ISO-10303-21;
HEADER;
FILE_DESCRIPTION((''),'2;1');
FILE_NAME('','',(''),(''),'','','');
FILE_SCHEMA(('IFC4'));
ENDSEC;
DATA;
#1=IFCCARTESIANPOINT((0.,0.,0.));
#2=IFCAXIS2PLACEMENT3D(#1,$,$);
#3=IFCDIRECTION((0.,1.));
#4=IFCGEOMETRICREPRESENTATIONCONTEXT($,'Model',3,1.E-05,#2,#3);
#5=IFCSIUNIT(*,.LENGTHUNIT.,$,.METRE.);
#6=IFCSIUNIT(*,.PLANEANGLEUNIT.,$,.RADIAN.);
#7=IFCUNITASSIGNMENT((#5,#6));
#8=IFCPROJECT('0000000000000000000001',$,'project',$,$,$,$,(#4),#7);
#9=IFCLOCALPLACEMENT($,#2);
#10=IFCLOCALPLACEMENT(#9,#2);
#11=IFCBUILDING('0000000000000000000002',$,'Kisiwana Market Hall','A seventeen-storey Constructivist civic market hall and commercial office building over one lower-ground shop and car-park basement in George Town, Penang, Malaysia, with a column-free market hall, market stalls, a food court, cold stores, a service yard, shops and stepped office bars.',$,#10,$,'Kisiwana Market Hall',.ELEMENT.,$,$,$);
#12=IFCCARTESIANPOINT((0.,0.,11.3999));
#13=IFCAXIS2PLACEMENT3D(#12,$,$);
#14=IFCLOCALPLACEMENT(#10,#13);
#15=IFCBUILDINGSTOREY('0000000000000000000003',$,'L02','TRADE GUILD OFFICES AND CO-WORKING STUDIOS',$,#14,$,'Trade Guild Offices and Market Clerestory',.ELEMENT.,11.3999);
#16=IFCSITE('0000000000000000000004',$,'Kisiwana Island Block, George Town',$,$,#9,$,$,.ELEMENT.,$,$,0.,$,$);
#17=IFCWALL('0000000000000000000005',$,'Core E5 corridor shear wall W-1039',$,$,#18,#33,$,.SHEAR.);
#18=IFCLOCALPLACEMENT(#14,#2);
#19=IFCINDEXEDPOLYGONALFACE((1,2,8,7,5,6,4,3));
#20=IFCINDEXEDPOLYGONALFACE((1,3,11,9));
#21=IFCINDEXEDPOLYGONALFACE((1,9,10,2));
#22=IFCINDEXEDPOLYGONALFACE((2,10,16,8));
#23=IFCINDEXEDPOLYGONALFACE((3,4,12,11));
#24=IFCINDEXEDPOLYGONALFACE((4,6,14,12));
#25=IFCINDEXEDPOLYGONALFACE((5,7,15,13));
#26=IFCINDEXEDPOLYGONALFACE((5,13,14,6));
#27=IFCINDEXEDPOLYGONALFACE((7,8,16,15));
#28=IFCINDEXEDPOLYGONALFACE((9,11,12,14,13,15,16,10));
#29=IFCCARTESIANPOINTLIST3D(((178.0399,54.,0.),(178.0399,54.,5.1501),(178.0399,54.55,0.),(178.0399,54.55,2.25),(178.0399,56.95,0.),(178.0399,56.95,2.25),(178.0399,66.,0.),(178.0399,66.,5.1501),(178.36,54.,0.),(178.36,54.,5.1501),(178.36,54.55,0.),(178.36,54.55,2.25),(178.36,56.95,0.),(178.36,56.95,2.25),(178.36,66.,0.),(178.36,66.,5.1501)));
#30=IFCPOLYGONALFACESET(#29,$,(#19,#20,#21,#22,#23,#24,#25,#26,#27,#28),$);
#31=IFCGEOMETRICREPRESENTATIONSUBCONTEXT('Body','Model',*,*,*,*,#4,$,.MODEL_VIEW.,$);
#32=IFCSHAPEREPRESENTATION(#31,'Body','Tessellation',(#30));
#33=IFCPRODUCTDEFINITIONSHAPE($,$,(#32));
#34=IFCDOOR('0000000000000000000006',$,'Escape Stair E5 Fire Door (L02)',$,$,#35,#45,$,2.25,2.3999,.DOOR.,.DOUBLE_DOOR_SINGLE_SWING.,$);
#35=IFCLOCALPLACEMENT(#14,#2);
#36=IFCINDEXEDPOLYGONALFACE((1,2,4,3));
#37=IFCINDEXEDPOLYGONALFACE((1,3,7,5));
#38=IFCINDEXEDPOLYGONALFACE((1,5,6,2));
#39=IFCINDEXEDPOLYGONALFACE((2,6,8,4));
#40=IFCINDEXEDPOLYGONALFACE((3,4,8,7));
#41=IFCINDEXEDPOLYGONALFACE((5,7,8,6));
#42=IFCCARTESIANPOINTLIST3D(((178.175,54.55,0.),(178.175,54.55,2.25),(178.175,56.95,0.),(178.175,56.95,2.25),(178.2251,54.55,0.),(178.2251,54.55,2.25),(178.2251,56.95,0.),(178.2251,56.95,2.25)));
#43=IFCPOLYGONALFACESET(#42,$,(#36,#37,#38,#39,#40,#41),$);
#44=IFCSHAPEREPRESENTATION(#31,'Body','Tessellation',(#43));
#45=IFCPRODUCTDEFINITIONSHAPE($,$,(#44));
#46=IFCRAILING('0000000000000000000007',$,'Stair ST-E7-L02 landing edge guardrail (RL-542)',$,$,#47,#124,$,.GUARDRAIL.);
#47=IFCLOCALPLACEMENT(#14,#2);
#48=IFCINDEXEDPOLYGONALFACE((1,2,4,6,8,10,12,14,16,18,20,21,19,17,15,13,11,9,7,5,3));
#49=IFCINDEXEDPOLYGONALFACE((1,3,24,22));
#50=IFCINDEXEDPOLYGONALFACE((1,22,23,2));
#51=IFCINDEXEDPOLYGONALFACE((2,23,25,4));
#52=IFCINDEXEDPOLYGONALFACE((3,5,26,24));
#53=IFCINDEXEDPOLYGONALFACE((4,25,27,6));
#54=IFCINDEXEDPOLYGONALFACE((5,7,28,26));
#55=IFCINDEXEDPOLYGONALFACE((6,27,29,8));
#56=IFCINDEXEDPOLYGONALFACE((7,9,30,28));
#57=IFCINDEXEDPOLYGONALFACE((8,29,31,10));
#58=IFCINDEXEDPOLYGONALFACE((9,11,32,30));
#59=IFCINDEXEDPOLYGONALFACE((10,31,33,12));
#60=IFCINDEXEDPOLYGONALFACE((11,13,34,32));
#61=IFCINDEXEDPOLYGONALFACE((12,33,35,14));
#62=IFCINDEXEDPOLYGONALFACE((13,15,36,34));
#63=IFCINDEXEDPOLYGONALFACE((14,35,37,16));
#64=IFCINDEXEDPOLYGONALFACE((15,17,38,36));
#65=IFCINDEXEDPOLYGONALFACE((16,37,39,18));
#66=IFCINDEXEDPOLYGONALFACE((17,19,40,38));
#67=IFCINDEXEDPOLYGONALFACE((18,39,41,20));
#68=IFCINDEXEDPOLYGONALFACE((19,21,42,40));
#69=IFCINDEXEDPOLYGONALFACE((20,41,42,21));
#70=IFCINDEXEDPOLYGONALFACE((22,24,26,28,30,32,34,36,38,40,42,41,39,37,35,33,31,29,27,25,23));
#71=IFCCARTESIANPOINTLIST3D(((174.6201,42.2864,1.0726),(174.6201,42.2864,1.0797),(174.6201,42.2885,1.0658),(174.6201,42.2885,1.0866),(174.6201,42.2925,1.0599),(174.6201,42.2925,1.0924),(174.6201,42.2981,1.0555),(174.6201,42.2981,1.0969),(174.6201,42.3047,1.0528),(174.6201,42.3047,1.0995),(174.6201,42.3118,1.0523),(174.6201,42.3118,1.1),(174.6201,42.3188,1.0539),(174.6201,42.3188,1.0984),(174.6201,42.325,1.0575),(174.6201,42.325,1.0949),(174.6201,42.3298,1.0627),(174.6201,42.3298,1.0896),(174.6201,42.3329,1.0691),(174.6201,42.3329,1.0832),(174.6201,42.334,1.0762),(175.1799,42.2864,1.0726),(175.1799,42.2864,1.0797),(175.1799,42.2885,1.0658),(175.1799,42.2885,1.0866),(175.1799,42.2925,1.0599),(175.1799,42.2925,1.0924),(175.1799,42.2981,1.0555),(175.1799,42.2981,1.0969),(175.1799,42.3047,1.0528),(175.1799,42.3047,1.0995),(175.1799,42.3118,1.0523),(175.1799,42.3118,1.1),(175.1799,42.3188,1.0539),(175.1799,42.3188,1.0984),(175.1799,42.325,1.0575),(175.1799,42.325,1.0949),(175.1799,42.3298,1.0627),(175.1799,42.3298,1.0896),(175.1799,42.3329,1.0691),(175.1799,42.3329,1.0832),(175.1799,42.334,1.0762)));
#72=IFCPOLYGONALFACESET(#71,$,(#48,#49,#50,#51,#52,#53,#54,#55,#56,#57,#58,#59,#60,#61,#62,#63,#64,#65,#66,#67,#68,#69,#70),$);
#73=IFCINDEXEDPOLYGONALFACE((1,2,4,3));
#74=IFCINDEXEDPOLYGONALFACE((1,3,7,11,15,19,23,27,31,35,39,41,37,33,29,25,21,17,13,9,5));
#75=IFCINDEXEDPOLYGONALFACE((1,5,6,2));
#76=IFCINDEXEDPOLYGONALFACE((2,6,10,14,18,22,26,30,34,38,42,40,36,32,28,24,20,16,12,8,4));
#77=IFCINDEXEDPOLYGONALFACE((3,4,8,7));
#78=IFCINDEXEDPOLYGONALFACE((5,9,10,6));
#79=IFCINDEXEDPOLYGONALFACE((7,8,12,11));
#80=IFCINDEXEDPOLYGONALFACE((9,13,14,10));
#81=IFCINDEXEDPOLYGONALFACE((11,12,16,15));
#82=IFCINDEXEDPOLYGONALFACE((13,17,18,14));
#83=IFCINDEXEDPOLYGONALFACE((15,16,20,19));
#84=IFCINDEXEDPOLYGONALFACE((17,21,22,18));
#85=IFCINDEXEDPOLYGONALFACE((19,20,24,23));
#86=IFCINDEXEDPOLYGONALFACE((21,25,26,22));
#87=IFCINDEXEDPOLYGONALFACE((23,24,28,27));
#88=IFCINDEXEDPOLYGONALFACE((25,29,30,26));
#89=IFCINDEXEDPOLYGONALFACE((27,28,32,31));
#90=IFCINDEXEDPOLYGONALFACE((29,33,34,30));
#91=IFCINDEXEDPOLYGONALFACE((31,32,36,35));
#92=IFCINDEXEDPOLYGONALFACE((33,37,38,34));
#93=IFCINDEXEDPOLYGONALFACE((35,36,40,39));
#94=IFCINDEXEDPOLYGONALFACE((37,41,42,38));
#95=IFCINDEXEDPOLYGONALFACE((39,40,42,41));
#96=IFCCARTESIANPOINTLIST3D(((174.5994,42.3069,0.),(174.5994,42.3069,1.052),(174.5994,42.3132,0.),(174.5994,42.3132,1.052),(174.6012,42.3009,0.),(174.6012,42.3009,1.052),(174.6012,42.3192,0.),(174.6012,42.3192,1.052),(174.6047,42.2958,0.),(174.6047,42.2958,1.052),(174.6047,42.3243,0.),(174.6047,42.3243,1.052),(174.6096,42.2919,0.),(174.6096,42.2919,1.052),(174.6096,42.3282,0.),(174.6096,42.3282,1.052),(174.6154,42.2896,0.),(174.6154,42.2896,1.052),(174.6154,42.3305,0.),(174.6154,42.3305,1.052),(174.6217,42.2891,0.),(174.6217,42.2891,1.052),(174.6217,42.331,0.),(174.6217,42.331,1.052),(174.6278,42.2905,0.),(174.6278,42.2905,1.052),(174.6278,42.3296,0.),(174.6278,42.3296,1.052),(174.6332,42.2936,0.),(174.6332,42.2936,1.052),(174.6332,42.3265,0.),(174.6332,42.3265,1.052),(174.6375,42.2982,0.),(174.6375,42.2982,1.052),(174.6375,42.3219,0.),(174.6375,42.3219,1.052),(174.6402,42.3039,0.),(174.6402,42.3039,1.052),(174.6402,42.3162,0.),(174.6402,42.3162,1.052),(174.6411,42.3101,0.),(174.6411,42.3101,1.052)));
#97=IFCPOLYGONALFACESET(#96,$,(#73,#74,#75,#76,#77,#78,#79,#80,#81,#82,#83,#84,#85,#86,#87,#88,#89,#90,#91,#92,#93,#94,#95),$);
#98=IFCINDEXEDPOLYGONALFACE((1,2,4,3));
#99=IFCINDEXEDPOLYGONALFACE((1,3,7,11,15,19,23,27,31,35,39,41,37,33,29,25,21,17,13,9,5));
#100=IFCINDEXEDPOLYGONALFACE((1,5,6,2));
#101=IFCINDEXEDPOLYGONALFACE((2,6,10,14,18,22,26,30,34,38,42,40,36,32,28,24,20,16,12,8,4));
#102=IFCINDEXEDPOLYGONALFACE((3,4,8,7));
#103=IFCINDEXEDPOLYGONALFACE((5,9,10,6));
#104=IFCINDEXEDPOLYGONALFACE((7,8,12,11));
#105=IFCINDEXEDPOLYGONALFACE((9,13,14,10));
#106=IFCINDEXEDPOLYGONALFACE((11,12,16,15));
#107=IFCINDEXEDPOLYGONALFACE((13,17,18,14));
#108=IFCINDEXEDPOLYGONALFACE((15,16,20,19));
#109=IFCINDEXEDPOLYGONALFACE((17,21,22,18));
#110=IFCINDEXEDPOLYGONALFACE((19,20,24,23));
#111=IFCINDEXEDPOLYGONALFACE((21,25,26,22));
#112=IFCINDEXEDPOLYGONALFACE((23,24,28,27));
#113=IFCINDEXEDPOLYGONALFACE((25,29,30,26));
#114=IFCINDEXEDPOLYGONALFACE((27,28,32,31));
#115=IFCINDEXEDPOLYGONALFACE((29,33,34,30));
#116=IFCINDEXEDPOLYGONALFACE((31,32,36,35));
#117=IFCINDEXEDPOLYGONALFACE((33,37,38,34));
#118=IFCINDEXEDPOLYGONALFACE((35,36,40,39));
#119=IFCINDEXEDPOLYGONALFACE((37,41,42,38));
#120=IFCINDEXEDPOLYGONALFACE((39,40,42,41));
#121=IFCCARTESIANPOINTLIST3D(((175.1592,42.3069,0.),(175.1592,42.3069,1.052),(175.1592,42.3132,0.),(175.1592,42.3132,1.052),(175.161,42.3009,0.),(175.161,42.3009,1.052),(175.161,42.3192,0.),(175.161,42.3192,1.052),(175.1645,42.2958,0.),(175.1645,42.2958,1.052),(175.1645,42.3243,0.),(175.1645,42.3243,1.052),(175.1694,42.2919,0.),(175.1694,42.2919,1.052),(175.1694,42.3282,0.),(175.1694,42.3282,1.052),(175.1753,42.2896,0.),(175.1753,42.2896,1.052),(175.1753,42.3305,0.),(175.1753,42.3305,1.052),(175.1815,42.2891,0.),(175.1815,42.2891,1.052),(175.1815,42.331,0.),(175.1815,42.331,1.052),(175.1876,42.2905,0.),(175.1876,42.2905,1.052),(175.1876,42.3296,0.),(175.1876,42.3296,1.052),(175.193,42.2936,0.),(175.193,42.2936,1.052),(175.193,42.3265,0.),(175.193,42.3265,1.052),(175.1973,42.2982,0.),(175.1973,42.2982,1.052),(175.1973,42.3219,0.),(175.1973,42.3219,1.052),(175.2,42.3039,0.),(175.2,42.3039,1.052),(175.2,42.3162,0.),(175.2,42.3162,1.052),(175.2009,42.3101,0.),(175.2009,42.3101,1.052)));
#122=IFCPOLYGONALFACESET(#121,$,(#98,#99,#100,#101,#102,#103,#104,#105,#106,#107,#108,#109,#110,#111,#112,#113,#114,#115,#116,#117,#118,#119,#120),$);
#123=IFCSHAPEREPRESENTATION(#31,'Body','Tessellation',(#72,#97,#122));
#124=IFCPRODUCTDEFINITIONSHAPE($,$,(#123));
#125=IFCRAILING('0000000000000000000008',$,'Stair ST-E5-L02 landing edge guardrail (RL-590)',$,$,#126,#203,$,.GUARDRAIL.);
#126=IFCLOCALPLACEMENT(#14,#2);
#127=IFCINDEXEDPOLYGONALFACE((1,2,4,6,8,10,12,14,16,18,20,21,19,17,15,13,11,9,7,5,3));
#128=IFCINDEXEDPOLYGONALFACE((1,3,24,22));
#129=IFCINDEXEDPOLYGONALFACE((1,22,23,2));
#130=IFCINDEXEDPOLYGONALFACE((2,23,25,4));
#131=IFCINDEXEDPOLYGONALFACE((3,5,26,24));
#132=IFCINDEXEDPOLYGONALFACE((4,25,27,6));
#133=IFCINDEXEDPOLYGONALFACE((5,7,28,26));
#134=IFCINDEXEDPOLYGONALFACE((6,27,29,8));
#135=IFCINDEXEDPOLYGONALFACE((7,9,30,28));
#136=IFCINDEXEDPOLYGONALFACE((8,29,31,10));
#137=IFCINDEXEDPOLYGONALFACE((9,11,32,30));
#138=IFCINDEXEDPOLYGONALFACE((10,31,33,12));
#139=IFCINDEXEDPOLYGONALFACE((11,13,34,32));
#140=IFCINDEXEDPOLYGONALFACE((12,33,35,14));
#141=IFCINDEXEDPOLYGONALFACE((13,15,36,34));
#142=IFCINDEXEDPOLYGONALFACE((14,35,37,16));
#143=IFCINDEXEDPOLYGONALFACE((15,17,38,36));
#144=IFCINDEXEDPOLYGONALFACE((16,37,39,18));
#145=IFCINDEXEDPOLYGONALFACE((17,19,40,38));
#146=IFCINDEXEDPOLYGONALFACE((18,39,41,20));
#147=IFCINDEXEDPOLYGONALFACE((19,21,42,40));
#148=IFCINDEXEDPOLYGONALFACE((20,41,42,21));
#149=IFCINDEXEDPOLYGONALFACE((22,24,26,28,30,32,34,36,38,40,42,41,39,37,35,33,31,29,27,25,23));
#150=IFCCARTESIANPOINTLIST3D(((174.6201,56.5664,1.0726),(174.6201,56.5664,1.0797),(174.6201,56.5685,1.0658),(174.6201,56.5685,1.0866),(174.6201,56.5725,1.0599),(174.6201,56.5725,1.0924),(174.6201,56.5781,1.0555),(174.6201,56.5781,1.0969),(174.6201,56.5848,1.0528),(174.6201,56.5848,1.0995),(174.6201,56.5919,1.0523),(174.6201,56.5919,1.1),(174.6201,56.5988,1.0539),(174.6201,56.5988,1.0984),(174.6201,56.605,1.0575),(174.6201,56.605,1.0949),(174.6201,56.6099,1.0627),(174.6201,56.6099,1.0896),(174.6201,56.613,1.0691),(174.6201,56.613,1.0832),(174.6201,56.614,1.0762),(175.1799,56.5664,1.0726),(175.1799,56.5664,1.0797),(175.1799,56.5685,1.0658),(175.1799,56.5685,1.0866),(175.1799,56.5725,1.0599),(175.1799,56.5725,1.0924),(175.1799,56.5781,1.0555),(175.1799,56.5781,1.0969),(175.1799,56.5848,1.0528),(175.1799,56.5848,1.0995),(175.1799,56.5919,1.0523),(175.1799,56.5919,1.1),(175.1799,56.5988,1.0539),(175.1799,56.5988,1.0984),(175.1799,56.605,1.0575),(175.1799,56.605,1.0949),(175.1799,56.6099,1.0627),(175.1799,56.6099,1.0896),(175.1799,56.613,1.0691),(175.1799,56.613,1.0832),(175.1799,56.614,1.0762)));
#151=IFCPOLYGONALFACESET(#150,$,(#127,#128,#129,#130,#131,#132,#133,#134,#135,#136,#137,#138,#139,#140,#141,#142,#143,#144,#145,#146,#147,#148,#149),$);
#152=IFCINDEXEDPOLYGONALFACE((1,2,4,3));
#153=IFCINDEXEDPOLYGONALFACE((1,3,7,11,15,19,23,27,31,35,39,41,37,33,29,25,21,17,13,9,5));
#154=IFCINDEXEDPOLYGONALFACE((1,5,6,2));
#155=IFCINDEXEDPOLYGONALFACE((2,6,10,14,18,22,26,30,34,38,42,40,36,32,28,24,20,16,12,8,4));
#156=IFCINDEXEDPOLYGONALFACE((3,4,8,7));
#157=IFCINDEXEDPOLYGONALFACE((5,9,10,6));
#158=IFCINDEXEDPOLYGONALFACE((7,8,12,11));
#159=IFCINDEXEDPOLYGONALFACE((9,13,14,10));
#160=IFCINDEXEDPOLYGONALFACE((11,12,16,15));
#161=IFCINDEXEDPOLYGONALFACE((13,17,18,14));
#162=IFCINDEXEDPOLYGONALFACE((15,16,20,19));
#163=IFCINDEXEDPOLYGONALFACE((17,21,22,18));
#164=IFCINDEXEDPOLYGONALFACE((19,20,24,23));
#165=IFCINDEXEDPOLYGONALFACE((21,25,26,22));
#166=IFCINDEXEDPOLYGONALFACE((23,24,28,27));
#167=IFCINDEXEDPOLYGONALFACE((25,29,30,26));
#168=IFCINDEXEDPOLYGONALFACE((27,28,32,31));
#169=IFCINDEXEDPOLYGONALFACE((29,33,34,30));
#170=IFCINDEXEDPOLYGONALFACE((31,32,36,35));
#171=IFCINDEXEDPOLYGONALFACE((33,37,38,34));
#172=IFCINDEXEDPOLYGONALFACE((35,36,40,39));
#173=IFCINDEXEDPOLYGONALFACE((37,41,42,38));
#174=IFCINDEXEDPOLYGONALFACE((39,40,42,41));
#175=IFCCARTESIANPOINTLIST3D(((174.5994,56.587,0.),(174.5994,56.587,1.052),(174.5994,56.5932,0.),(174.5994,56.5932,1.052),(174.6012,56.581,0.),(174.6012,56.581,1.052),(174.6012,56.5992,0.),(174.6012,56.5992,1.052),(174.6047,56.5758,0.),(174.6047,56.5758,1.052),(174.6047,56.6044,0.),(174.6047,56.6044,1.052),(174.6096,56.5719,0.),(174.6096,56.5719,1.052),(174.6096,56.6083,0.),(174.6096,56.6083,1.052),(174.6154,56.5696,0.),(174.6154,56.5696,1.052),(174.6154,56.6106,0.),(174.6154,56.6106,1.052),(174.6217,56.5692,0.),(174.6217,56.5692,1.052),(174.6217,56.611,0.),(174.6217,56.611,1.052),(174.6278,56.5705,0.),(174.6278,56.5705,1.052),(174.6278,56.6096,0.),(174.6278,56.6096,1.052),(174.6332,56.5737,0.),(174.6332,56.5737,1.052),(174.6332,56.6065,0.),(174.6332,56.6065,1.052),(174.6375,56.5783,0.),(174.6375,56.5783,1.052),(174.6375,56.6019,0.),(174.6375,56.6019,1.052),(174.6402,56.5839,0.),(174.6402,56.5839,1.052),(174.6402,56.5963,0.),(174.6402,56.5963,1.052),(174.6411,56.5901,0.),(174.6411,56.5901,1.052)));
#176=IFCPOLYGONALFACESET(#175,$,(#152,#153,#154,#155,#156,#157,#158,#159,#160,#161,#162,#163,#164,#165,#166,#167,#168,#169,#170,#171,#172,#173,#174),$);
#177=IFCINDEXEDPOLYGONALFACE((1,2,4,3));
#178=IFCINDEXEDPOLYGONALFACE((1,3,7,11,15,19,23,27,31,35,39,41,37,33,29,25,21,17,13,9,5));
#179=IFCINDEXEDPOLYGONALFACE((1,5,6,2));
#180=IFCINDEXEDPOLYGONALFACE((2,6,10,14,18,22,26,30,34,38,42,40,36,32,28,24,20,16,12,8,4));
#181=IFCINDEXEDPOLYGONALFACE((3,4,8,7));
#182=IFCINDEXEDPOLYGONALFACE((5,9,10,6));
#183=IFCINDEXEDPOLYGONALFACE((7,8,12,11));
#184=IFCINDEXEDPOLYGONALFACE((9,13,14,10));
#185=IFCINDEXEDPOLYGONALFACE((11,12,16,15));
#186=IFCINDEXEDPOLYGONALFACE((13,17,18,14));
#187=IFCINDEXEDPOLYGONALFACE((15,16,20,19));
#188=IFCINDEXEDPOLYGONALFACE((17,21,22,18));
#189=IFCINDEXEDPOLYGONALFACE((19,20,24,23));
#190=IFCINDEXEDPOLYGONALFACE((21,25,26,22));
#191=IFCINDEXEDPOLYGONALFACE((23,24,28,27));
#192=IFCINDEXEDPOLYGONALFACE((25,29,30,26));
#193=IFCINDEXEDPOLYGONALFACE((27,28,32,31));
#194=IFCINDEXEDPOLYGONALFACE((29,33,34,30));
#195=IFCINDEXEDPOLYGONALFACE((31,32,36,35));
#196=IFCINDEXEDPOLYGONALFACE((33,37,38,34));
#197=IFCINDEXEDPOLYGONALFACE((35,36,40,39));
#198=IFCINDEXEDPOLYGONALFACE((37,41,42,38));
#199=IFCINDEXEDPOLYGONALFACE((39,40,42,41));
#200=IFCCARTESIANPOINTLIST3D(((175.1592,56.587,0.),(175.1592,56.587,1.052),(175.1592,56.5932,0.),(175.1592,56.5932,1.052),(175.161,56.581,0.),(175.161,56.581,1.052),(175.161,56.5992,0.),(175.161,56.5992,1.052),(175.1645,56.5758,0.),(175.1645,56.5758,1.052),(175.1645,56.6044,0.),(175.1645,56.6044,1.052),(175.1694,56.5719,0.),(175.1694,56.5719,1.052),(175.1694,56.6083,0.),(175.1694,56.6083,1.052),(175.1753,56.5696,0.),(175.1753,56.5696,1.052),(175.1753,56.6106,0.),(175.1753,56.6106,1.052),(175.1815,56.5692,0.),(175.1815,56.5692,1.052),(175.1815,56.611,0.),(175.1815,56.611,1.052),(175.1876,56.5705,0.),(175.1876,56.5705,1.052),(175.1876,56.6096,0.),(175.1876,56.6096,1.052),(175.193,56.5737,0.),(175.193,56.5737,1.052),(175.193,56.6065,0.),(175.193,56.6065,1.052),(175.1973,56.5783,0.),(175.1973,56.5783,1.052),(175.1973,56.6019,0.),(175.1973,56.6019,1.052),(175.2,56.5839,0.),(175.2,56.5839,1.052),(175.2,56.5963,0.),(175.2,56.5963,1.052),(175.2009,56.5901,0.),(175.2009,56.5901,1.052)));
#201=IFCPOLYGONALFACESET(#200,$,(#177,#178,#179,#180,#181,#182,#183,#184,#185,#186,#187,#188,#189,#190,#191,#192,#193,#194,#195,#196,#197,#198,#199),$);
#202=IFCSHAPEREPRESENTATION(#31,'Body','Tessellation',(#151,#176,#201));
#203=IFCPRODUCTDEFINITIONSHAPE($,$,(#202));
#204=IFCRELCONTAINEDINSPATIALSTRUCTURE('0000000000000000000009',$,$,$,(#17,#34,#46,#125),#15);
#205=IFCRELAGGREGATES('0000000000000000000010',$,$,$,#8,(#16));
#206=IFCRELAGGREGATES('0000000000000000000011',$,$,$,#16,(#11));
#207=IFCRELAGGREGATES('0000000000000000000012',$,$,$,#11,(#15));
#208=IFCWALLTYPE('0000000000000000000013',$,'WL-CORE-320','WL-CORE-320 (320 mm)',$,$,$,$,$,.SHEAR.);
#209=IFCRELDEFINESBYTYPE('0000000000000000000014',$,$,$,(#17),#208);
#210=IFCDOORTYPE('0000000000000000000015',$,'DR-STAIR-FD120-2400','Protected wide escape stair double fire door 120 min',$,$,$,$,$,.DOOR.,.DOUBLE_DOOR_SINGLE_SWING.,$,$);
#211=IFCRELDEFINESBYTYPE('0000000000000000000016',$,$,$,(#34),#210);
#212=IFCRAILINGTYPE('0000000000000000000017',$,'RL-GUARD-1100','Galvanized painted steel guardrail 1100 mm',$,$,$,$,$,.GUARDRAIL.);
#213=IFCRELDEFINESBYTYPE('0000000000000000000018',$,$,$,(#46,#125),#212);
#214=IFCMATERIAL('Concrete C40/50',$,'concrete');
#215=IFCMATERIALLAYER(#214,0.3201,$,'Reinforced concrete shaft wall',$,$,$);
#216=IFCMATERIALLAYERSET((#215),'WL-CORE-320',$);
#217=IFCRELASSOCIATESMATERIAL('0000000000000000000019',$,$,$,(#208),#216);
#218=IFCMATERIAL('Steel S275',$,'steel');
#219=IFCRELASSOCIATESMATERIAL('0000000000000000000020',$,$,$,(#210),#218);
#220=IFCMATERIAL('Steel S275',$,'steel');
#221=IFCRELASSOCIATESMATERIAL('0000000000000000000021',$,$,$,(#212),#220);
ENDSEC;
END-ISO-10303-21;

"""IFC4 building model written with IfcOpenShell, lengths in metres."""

from ifc_helpers import new_model, si_unit, direction, frame, frame_2d, origin, origin_2d, place, context, subcontext, project, spatial, rectangle, circle, extrude, material, layer, layer_set, type_object, element, fill, save


model = new_model("IFC4")

# Units and contexts
model_context = context("Model", 3, precision=1e-05, world=origin(), true_north=direction((0.0, 1.0)))
body_context = subcontext(model_context, "Body", "Model", "MODEL_VIEW")
ifc_project = project(units=[si_unit("LENGTHUNIT", "METRE"), si_unit("PLANEANGLEUNIT", "RADIAN")], contexts=[model_context])

# Site, building, storey
site_placement = place(None, origin())
site = spatial("IfcSite", under=ifc_project, at=site_placement, Name="Kisiwana Island Block, George Town", CompositionType="ELEMENT", RefElevation=0.0)
building_placement = place(site_placement, origin())
building = spatial("IfcBuilding", under=site, at=building_placement, Name="Kisiwana Market Hall", Description="A seventeen-storey Constructivist civic market hall and commercial office building over one lower-ground shop and car-park basement in George Town, Penang, Malaysia, with a column-free market hall, market stalls, a food court, cold stores, a service yard, shops and stepped office bars.", LongName="Kisiwana Market Hall", CompositionType="ELEMENT")
storey_placement = place(building_placement, frame((0.0, 0.0, 11.3999)))
storey = spatial("IfcBuildingStorey", under=building, at=storey_placement, Name="L02", Description="TRADE GUILD OFFICES AND CO-WORKING STUDIOS", LongName="Trade Guild Offices and Market Clerestory", CompositionType="ELEMENT", Elevation=11.3999)

# Shared definitions
ifc_material_1 = material(Name="Concrete C40/50", Category="concrete")
ifc_layer = layer(ifc_material_1, 0.3201, Name="Reinforced concrete shaft wall")
ifc_layer_set = layer_set([ifc_layer], Name="WL-CORE-320")
wall_type = type_object("IfcWallType", Name="WL-CORE-320", Description="WL-CORE-320 (320 mm)", PredefinedType="SHEAR", material=ifc_layer_set)

# Shared definitions
ifc_material_2 = material(Name="Steel S275", Category="steel")
door_type_1 = type_object("IfcDoorType", Name="DR-STAIR-FD120-2400", Description="Protected wide escape stair double fire door 120 min", OperationType="DOUBLE_DOOR_SINGLE_SWING", PredefinedType="DOOR", material=ifc_material_2)

# Wall, opening, door
wall_1_placement = place(storey_placement, frame((178.2, 54.0, 0.0), z_axis=(0.0, 0.0, 1.0), x_axis=(0.0, 1.0, 0.0)))
wall_1 = element("IfcWall", 1, at=wall_1_placement, inside=storey, type_object=wall_type, Name="Core E5 corridor shear wall W-1039", PredefinedType="SHEAR", context=body_context, shape_type="SweptSolid", body=[
    extrude(rectangle(XDim=12.0, YDim=0.3201, at=frame_2d((6.0, 0.0))), origin(), (0.0, 0.0, 1.0), 5.1501),
])
opening_1_placement = place(wall_1_placement, frame((0.55, 0.0, 0.0)))
opening_1 = element("IfcOpeningElement", 2, at=opening_1_placement, cuts=wall_1, PredefinedType="OPENING", context=body_context, shape_type="SweptSolid", body=[
    extrude(rectangle(XDim=2.3999, YDim=2.25, at=frame_2d((1.2, 1.125))), frame((0.0, 0.1719, 0.0), z_axis=(0.0, -1.0, 0.0), x_axis=(1.0, 0.0, 0.0)), (0.0, 0.0, 1.0), 0.344),
])
door_1_placement = place(opening_1_placement, origin())
door_1 = element("IfcDoor", 3, at=door_1_placement, inside=storey, type_object=door_type_1, Name="Escape Stair E5 Fire Door (L02)", OperationType="DOUBLE_DOOR_SINGLE_SWING", OverallHeight=2.25, OverallWidth=2.3999, PredefinedType="DOOR", context=body_context, shape_type="SweptSolid", body=[
    extrude(rectangle(XDim=2.3999, YDim=2.25, at=frame_2d((1.2, 1.125))), frame((0.0, 0.0249, 0.0), z_axis=(0.0, -1.0, 0.0), x_axis=(1.0, 0.0, 0.0)), (0.0, 0.0, 1.0), 0.05),
])
fill(opening_1, door_1)

# Railings
ifc_material_3 = material(Name="Steel S275", Category="steel")
railing_type_1 = type_object("IfcRailingType", Name="RL-GUARD-1100", Description="Galvanized painted steel guardrail 1100 mm", PredefinedType="GUARDRAIL", material=ifc_material_3)
railing_1_placement = place(storey_placement, frame((174.6201, 42.3101, 0.0)))
element("IfcRailing", 4, at=railing_1_placement, inside=storey, type_object=railing_type_1, Name="Stair ST-E7-L02 landing edge guardrail (RL-542)", PredefinedType="GUARDRAIL", context=body_context, shape_type="SweptSolid", body=[
    extrude(circle(Radius=0.0239, at=origin_2d()), frame((0.0, 0.0, 1.0762), z_axis=(1.0, 0.0, 0.0), x_axis=(0.0, 1.0, 0.0)), (0.0, 0.0, 1.0), 0.5598),
    extrude(circle(Radius=0.021, at=origin_2d()), origin(), (0.0, 0.0, 1.0), 1.052),
    extrude(circle(Radius=0.021, at=origin_2d()), frame((0.5598, 0.0, 0.0)), (0.0, 0.0, 1.0), 1.052),
])
railing_2_placement = place(storey_placement, frame((174.6201, 56.5901, 0.0)))
element("IfcRailing", 5, at=railing_2_placement, inside=storey, type_object=railing_type_1, Name="Stair ST-E5-L02 landing edge guardrail (RL-590)", PredefinedType="GUARDRAIL", context=body_context, shape_type="SweptSolid", body=[
    extrude(circle(Radius=0.0239, at=origin_2d()), frame((0.0, 0.0, 1.0762), z_axis=(1.0, 0.0, 0.0), x_axis=(0.0, 1.0, 0.0)), (0.0, 0.0, 1.0), 0.5598),
    extrude(circle(Radius=0.021, at=origin_2d()), origin(), (0.0, 0.0, 1.0), 1.052),
    extrude(circle(Radius=0.021, at=origin_2d()), frame((0.5598, 0.0, 0.0)), (0.0, 0.0, 1.0), 1.052),
])

save(model, "model.ifc")
